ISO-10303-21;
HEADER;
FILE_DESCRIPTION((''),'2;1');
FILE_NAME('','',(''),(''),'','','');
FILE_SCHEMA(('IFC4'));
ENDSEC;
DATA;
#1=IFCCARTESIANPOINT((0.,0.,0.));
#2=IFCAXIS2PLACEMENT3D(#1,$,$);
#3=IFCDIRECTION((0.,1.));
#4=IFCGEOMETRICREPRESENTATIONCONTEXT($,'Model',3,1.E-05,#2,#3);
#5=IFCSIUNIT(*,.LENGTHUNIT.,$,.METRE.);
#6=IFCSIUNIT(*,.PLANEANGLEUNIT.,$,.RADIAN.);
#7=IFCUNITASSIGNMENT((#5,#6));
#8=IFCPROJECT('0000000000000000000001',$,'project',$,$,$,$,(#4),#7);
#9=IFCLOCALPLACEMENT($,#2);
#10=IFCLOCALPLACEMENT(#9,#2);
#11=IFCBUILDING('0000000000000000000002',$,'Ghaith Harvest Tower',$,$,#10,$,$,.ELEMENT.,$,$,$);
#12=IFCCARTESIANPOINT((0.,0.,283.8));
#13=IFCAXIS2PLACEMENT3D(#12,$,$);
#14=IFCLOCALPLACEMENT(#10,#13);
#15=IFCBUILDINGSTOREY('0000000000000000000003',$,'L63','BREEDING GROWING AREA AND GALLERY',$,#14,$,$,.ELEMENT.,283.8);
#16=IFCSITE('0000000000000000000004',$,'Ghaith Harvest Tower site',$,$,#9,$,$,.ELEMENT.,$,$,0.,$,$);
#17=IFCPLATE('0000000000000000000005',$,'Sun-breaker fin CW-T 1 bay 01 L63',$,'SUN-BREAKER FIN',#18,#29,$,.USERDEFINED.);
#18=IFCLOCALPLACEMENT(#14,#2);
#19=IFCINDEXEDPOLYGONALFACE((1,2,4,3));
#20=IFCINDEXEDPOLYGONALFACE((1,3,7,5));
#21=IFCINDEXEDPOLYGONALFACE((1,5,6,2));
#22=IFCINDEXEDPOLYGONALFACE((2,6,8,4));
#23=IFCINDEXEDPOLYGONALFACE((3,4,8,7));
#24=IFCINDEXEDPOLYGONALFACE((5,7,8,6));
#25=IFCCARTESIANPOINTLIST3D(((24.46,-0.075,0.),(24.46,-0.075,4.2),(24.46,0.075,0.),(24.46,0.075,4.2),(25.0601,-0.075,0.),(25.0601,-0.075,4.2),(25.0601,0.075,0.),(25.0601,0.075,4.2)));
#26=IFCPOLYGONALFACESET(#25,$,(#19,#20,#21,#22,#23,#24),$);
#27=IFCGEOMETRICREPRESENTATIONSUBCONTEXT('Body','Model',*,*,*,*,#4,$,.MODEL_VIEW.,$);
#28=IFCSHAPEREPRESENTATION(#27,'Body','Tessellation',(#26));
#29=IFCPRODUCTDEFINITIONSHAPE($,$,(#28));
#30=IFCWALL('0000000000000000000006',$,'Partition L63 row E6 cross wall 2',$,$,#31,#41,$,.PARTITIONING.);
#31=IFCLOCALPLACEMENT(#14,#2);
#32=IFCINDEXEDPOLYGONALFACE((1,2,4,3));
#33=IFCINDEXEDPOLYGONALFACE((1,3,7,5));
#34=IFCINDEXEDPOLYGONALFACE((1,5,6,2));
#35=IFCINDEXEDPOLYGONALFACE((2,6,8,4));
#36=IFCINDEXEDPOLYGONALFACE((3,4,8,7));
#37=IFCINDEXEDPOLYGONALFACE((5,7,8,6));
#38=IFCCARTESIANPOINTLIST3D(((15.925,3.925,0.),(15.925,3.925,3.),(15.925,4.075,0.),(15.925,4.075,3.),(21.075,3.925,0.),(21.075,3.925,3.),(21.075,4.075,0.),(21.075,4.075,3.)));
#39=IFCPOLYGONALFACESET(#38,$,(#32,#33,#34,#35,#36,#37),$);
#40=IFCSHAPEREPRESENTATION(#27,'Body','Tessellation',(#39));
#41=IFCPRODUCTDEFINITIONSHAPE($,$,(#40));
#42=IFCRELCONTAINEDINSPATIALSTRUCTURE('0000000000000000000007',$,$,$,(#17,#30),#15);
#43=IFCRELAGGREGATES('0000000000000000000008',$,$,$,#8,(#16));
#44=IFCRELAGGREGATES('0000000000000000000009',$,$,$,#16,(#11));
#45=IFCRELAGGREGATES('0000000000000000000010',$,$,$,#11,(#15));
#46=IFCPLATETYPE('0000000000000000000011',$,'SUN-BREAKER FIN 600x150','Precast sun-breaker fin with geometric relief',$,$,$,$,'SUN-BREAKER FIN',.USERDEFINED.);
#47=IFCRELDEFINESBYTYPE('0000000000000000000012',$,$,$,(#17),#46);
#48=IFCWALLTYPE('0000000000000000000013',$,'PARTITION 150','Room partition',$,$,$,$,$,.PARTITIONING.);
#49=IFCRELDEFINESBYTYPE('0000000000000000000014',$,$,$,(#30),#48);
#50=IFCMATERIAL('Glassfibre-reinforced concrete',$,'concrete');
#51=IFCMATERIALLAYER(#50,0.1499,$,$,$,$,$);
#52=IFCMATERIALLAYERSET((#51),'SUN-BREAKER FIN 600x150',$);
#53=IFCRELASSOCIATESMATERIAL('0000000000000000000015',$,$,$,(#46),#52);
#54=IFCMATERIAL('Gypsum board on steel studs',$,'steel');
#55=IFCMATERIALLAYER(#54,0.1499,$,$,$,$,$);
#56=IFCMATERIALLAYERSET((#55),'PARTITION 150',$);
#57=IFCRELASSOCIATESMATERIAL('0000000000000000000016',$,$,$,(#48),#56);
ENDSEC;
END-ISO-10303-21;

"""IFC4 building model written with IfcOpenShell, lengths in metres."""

from ifc_helpers import new_model, si_unit, direction, frame, frame_2d, origin, origin_2d, place, context, subcontext, project, spatial, rectangle, extrude, material, layer, layer_set, type_object, element, save


model = new_model("IFC4")

# Units and contexts
model_context = context("Model", 3, precision=1e-05, world=origin(), true_north=direction((0.0, 1.0)))
body_context = subcontext(model_context, "Body", "Model", "MODEL_VIEW")
ifc_project = project(units=[si_unit("LENGTHUNIT", "METRE"), si_unit("PLANEANGLEUNIT", "RADIAN")], contexts=[model_context])

# Site, building, storey
site_placement = place(None, origin())
site = spatial("IfcSite", under=ifc_project, at=site_placement, Name="Ghaith Harvest Tower site", CompositionType="ELEMENT", RefElevation=0.0)
building_placement = place(site_placement, origin())
building = spatial("IfcBuilding", under=site, at=building_placement, Name="Ghaith Harvest Tower", CompositionType="ELEMENT")
storey_placement = place(building_placement, frame((0.0, 0.0, 283.8)))
storey = spatial("IfcBuildingStorey", under=building, at=storey_placement, Name="L63", Description="BREEDING GROWING AREA AND GALLERY", CompositionType="ELEMENT", Elevation=283.8)

# Plate
ifc_material_1 = material(Name="Glassfibre-reinforced concrete", Category="concrete")
ifc_layer_1 = layer(ifc_material_1, 0.1499)
ifc_layer_set_1 = layer_set([ifc_layer_1], Name="SUN-BREAKER FIN 600x150")
plate_type_1 = type_object("IfcPlateType", Name="SUN-BREAKER FIN 600x150", Description="Precast sun-breaker fin with geometric relief", ElementType="SUN-BREAKER FIN", PredefinedType="USERDEFINED", material=ifc_layer_set_1)
plate_1_placement = place(storey_placement, frame((24.76, 0.0, 0.0), z_axis=(0.0, 0.0, 1.0), x_axis=(1.0, 0.0, 0.0)))
element("IfcPlate", 1, at=plate_1_placement, inside=storey, type_object=plate_type_1, Name="Sun-breaker fin CW-T 1 bay 01 L63", ObjectType="SUN-BREAKER FIN", PredefinedType="USERDEFINED", context=body_context, shape_type="SweptSolid", body=[
    extrude(rectangle(XDim=0.6001, YDim=0.1499, at=origin_2d()), origin(), (0.0, 0.0, 1.0), 4.2),
])

# Wall
ifc_material_2 = material(Name="Gypsum board on steel studs", Category="steel")
ifc_layer_2 = layer(ifc_material_2, 0.1499)
ifc_layer_set_2 = layer_set([ifc_layer_2], Name="PARTITION 150")
wall_type = type_object("IfcWallType", Name="PARTITION 150", Description="Room partition", PredefinedType="PARTITIONING", material=ifc_layer_set_2)
wall_placement = place(storey_placement, frame((15.925, 4.0, 0.0), z_axis=(0.0, 0.0, 1.0), x_axis=(1.0, 0.0, 0.0)))
element("IfcWall", 2, at=wall_placement, inside=storey, type_object=wall_type, Name="Partition L63 row E6 cross wall 2", PredefinedType="PARTITIONING", context=body_context, shape_type="SweptSolid", body=[
    extrude(rectangle(XDim=5.1499, YDim=0.1499, at=frame_2d((2.575, 0.0))), origin(), (0.0, 0.0, 1.0), 3.0),
])

save(model, "model.ifc")
